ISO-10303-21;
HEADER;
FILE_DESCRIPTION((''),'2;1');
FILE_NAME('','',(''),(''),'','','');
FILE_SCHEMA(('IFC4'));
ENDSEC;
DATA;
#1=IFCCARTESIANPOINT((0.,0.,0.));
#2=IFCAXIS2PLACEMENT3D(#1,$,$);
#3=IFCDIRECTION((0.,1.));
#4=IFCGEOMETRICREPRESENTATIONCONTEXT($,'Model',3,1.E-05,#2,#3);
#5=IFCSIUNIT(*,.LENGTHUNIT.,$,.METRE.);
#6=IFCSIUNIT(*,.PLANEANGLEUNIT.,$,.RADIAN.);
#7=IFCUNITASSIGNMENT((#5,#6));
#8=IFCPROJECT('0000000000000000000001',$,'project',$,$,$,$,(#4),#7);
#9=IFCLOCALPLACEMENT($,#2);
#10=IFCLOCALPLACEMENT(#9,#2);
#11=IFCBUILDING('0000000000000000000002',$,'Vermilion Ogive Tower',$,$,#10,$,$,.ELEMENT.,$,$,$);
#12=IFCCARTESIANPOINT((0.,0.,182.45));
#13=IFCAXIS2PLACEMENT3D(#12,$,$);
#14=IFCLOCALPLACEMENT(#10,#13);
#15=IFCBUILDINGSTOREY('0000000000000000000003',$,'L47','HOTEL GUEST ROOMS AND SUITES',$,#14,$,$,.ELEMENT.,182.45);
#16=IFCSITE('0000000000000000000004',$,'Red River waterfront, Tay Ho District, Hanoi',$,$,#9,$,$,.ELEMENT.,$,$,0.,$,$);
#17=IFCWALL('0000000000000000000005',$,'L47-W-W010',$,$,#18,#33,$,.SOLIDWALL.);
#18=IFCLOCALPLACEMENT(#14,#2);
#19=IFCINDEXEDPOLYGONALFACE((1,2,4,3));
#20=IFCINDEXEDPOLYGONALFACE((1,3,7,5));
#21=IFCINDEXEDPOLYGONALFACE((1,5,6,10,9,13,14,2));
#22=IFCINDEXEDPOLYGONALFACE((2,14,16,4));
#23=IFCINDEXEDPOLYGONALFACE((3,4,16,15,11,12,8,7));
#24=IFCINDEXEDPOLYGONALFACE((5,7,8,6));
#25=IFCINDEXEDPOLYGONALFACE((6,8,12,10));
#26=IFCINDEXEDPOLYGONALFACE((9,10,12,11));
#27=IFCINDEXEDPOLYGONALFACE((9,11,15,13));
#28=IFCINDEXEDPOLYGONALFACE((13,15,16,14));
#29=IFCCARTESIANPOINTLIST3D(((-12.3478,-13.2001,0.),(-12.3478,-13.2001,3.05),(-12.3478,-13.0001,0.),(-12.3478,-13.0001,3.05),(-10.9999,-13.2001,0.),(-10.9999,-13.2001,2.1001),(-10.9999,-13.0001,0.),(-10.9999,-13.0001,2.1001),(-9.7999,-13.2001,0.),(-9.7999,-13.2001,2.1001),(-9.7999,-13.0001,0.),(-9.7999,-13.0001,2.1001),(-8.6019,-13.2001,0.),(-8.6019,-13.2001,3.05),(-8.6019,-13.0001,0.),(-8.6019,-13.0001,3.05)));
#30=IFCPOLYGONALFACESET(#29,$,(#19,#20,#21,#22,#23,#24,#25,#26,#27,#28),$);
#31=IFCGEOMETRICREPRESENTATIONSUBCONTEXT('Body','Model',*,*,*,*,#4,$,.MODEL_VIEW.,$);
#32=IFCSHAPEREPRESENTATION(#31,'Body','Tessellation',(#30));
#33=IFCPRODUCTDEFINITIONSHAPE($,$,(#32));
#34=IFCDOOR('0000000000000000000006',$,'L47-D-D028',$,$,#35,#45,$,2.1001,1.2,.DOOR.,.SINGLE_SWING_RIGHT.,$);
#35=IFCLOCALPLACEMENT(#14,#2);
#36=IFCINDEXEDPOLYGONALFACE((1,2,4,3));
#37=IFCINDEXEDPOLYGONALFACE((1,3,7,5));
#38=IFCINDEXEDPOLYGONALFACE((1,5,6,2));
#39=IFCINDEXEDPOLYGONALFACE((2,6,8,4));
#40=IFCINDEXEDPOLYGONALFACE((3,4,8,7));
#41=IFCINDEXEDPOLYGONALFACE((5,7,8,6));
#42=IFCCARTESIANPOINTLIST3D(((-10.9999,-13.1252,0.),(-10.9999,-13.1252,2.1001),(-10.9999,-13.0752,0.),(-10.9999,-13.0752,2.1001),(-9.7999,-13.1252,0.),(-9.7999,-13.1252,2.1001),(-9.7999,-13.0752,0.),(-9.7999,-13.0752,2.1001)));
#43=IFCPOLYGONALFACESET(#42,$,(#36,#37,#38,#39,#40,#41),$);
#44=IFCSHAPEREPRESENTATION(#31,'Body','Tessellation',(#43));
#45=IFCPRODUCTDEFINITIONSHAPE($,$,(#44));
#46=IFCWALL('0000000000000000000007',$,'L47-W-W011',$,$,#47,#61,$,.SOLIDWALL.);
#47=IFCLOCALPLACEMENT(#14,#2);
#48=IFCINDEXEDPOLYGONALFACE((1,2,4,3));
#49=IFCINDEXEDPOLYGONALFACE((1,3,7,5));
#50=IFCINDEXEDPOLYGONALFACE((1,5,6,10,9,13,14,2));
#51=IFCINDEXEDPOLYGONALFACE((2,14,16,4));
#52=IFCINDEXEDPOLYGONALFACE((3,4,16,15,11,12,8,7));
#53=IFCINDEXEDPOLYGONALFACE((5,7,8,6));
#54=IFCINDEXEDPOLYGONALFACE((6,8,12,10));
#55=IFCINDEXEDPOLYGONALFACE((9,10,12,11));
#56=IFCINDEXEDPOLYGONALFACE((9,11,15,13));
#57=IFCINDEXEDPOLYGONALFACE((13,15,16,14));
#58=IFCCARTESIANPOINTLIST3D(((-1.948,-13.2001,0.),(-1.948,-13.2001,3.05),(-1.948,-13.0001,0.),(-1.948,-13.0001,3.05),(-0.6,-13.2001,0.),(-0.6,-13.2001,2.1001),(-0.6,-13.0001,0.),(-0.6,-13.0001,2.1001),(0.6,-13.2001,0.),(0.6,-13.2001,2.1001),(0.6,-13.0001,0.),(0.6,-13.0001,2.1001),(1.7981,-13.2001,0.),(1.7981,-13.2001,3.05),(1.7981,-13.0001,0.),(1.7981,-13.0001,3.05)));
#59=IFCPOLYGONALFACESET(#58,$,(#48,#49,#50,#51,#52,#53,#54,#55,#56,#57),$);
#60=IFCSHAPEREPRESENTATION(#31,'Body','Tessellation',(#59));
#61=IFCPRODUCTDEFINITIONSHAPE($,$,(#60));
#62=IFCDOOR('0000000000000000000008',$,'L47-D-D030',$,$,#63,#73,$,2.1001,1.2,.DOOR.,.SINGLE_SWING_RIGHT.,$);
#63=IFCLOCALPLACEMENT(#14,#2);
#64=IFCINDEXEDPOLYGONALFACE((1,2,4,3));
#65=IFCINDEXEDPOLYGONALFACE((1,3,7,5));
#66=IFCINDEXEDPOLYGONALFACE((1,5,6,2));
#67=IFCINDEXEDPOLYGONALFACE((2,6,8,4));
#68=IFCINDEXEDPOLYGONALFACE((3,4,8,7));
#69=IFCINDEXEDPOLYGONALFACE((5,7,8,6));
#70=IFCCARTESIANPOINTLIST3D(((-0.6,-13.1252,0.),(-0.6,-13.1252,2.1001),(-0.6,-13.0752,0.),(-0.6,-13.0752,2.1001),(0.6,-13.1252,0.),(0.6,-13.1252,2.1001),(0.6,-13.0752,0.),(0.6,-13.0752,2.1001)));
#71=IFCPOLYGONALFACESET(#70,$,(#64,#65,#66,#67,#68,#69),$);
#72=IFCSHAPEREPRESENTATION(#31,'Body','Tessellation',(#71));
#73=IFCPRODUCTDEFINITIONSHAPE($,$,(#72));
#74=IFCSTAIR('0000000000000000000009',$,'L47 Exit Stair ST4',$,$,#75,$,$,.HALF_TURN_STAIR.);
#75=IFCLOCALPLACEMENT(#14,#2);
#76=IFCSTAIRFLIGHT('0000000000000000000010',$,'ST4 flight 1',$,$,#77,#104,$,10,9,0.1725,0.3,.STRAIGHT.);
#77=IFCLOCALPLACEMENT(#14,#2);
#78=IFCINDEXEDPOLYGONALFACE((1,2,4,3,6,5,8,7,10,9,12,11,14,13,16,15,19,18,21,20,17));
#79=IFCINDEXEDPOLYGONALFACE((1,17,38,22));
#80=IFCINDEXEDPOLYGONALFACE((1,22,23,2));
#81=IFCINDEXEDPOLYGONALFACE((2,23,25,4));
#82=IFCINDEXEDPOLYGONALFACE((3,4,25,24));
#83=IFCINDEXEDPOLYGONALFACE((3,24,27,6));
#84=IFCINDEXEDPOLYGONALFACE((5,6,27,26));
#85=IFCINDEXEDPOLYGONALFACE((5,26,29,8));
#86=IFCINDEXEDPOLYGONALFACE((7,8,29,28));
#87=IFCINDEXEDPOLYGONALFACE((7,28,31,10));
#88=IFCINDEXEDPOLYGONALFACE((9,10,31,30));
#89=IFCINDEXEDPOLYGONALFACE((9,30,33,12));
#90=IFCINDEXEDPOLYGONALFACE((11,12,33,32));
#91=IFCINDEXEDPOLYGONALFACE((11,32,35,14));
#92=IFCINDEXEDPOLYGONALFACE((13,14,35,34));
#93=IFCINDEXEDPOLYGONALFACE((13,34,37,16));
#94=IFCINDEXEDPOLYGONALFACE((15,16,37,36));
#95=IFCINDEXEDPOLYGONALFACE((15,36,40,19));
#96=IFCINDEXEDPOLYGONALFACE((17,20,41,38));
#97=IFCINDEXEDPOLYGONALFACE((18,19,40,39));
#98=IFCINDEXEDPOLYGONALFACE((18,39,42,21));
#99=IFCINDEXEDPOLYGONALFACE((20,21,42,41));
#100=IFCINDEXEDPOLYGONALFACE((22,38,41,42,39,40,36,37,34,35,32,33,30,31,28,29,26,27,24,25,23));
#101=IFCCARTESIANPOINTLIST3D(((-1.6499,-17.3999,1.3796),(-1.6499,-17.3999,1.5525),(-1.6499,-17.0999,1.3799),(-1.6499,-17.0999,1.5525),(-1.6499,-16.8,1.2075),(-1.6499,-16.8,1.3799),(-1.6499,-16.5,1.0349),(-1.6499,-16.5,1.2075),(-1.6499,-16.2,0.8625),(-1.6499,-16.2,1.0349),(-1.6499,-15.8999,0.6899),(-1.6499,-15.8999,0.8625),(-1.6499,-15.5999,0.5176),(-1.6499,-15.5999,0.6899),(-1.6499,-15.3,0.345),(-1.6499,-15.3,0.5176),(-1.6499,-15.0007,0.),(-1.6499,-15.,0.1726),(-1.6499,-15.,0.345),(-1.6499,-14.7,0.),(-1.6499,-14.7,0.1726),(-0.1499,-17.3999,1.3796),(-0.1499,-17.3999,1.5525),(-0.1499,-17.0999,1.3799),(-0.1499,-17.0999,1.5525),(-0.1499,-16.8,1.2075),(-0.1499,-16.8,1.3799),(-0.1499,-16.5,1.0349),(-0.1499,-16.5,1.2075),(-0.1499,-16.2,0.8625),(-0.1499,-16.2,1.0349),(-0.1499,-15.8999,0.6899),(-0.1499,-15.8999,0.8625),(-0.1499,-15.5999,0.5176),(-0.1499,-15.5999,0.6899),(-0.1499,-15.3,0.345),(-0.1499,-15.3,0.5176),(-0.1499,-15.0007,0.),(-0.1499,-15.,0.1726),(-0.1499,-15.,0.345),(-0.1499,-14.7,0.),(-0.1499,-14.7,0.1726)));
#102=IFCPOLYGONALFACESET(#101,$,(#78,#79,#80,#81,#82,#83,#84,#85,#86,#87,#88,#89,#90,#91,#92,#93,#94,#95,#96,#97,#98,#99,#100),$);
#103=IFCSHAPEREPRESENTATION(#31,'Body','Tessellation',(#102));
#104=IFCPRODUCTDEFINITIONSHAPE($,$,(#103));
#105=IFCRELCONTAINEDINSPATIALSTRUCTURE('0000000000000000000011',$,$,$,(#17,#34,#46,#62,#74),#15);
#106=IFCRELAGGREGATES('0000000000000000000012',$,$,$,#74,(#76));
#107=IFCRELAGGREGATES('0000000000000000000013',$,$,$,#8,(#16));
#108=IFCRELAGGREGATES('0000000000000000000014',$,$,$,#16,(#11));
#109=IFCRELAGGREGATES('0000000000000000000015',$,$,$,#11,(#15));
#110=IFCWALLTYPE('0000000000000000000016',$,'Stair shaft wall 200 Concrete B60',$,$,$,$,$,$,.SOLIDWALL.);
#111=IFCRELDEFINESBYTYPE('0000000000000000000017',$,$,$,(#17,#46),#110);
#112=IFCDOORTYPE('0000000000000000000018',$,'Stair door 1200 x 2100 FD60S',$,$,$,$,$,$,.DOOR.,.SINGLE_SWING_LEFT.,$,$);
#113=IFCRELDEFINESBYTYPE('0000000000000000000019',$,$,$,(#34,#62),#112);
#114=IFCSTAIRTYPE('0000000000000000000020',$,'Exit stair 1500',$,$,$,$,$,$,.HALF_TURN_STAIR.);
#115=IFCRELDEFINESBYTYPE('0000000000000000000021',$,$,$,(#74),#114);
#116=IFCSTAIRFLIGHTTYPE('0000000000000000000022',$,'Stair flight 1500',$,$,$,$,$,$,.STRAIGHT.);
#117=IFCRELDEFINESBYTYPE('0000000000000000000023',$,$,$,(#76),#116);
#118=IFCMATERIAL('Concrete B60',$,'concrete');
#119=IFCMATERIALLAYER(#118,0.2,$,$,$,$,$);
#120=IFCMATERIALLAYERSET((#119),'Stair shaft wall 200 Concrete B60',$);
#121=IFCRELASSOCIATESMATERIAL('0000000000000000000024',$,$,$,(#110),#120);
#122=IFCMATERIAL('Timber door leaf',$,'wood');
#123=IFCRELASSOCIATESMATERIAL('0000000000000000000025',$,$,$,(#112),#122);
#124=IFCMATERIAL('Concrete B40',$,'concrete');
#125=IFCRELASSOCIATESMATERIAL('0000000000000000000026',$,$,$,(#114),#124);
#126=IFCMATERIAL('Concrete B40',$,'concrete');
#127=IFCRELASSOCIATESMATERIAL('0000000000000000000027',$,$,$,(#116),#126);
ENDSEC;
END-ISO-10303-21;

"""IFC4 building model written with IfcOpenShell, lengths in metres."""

from ifc_helpers import new_model, si_unit, direction, frame, frame_2d, origin, place, context, subcontext, project, spatial, polyline, rectangle, outline, extrude, material, layer, layer_set, type_object, element, fill, aggregate, save


model = new_model("IFC4")

# Units and contexts
model_context = context("Model", 3, precision=1e-05, world=origin(), true_north=direction((0.0, 1.0)))
body_context = subcontext(model_context, "Body", "Model", "MODEL_VIEW")
ifc_project = project(units=[si_unit("LENGTHUNIT", "METRE"), si_unit("PLANEANGLEUNIT", "RADIAN")], contexts=[model_context])

# Site, building, storey
site_placement = place(None, origin())
site = spatial("IfcSite", under=ifc_project, at=site_placement, Name="Red River waterfront, Tay Ho District, Hanoi", CompositionType="ELEMENT", RefElevation=0.0)
building_placement = place(site_placement, origin())
building = spatial("IfcBuilding", under=site, at=building_placement, Name="Vermilion Ogive Tower", CompositionType="ELEMENT")
storey_placement = place(building_placement, frame((0.0, 0.0, 182.45)))
storey = spatial("IfcBuildingStorey", under=building, at=storey_placement, Name="L47", Description="HOTEL GUEST ROOMS AND SUITES", CompositionType="ELEMENT", Elevation=182.45)

# Walls, openings, doors
ifc_material_1 = material(Name="Concrete B60", Category="concrete")
ifc_layer_1 = layer(ifc_material_1, 0.2)
ifc_layer_set_1 = layer_set([ifc_layer_1], Name="Stair shaft wall 200 Concrete B60")
wall_type_1 = type_object("IfcWallType", Name="Stair shaft wall 200 Concrete B60", PredefinedType="SOLIDWALL", material=ifc_layer_set_1)
wall_1_placement = place(storey_placement, frame((-12.3479, -13.1001, 0.0), z_axis=(0.0, 0.0, 1.0), x_axis=(1.0, 0.0, 0.0)))
wall_1 = element("IfcWall", 1, at=wall_1_placement, inside=storey, type_object=wall_type_1, Name="L47-W-W010", PredefinedType="SOLIDWALL", context=body_context, shape_type="SweptSolid", body=[
    extrude(rectangle(XDim=3.7458, YDim=0.2, at=frame_2d((1.873, 0.0))), origin(), (0.0, 0.0, 1.0), 3.05),
])
opening_1_placement = place(wall_1_placement, frame((1.3479, 0.0, 0.0)))
opening_1 = element("IfcOpeningElement", 2, at=opening_1_placement, cuts=wall_1, PredefinedType="OPENING", context=body_context, shape_type="SweptSolid", body=[
    extrude(rectangle(XDim=1.2, YDim=2.1001, at=frame_2d((0.6001, 1.05))), frame((0.0, 0.1099, 0.0), z_axis=(0.0, -1.0, 0.0), x_axis=(1.0, 0.0, 0.0)), (0.0, 0.0, 1.0), 0.22),
])
ifc_material_2 = material(Name="Timber door leaf", Category="wood")
door_type_1 = type_object("IfcDoorType", Name="Stair door 1200 x 2100 FD60S", OperationType="SINGLE_SWING_LEFT", PredefinedType="DOOR", material=ifc_material_2)
door_1_placement = place(opening_1_placement, origin())
door_1 = element("IfcDoor", 3, at=door_1_placement, inside=storey, type_object=door_type_1, Name="L47-D-D028", OperationType="SINGLE_SWING_RIGHT", OverallHeight=2.1001, OverallWidth=1.2, PredefinedType="DOOR", context=body_context, shape_type="SweptSolid", body=[
    extrude(rectangle(XDim=1.2, YDim=2.1001, at=frame_2d((0.6001, 1.05))), frame((0.0, 0.0249, 0.0), z_axis=(0.0, -1.0, 0.0), x_axis=(1.0, 0.0, 0.0)), (0.0, 0.0, 1.0), 0.05),
])
fill(opening_1, door_1)
wall_2_placement = place(storey_placement, frame((-1.948, -13.1001, 0.0), z_axis=(0.0, 0.0, 1.0), x_axis=(1.0, 0.0, 0.0)))
wall_2 = element("IfcWall", 4, at=wall_2_placement, inside=storey, type_object=wall_type_1, Name="L47-W-W011", PredefinedType="SOLIDWALL", context=body_context, shape_type="SweptSolid", body=[
    extrude(rectangle(XDim=3.7461, YDim=0.2, at=frame_2d((1.873, 0.0))), origin(), (0.0, 0.0, 1.0), 3.05),
])
opening_2_placement = place(wall_2_placement, frame((1.3479, 0.0, 0.0)))
opening_2 = element("IfcOpeningElement", 5, at=opening_2_placement, cuts=wall_2, PredefinedType="OPENING", context=body_context, shape_type="SweptSolid", body=[
    extrude(rectangle(XDim=1.2, YDim=2.1001, at=frame_2d((0.6001, 1.05))), frame((0.0, 0.1099, 0.0), z_axis=(0.0, -1.0, 0.0), x_axis=(1.0, 0.0, 0.0)), (0.0, 0.0, 1.0), 0.22),
])
door_2_placement = place(opening_2_placement, origin())
door_2 = element("IfcDoor", 6, at=door_2_placement, inside=storey, type_object=door_type_1, Name="L47-D-D030", OperationType="SINGLE_SWING_RIGHT", OverallHeight=2.1001, OverallWidth=1.2, PredefinedType="DOOR", context=body_context, shape_type="SweptSolid", body=[
    extrude(rectangle(XDim=1.2, YDim=2.1001, at=frame_2d((0.6001, 1.05))), frame((0.0, 0.0249, 0.0), z_axis=(0.0, -1.0, 0.0), x_axis=(1.0, 0.0, 0.0)), (0.0, 0.0, 1.0), 0.05),
])
fill(opening_2, door_2)

# Stair, stair flight
ifc_material_3 = material(Name="Concrete B40", Category="concrete")
stair_type = type_object("IfcStairType", Name="Exit stair 1500", PredefinedType="HALF_TURN_STAIR", material=ifc_material_3)
stair_placement = place(storey_placement, origin())
stair = element("IfcStair", 7, at=stair_placement, inside=storey, type_object=stair_type, Name="L47 Exit Stair ST4", PredefinedType="HALF_TURN_STAIR")
ifc_material_4 = material(Name="Concrete B40", Category="concrete")
stair_flight_type = type_object("IfcStairFlightType", Name="Stair flight 1500", PredefinedType="STRAIGHT", material=ifc_material_4)
stair_flight_placement = place(storey_placement, frame((-0.8999, -14.7, 0.0), z_axis=(0.0, 0.0, 1.0), x_axis=(0.0, -1.0, 0.0)))
stair_flight = element("IfcStairFlight", 8, at=stair_flight_placement, type_object=stair_flight_type, Name="ST4 flight 1", NumberOfRisers=10, NumberOfTreads=9, PredefinedType="STRAIGHT", RiserHeight=0.1725, TreadLength=0.3, context=body_context, shape_type="SweptSolid", body=[
    extrude(outline(polyline([(0.0, 0.0), (0.0, 0.1726), (0.3, 0.1726), (0.3, 0.345), (0.6001, 0.345), (0.6001, 0.5176), (0.8999, 0.5176), (0.8999, 0.6899), (1.2, 0.6899), (1.2, 0.8625), (1.5, 0.8625), (1.5, 1.0349), (1.8, 1.0349), (1.8, 1.2075), (2.1001, 1.2075), (2.1001, 1.3799), (2.3999, 1.3799), (2.3999, 1.5525), (2.7, 1.5525), (2.7, 1.7251), (2.7, 1.3796), (0.3008, 0.0), (0.0, 0.0)])), frame((0.0, 0.75, 0.0), z_axis=(0.0, -1.0, 0.0), x_axis=(1.0, 0.0, 0.0)), (0.0, 0.0, 1.0), 1.5),
])
aggregate(stair, [stair_flight])

save(model, "model.ifc")
